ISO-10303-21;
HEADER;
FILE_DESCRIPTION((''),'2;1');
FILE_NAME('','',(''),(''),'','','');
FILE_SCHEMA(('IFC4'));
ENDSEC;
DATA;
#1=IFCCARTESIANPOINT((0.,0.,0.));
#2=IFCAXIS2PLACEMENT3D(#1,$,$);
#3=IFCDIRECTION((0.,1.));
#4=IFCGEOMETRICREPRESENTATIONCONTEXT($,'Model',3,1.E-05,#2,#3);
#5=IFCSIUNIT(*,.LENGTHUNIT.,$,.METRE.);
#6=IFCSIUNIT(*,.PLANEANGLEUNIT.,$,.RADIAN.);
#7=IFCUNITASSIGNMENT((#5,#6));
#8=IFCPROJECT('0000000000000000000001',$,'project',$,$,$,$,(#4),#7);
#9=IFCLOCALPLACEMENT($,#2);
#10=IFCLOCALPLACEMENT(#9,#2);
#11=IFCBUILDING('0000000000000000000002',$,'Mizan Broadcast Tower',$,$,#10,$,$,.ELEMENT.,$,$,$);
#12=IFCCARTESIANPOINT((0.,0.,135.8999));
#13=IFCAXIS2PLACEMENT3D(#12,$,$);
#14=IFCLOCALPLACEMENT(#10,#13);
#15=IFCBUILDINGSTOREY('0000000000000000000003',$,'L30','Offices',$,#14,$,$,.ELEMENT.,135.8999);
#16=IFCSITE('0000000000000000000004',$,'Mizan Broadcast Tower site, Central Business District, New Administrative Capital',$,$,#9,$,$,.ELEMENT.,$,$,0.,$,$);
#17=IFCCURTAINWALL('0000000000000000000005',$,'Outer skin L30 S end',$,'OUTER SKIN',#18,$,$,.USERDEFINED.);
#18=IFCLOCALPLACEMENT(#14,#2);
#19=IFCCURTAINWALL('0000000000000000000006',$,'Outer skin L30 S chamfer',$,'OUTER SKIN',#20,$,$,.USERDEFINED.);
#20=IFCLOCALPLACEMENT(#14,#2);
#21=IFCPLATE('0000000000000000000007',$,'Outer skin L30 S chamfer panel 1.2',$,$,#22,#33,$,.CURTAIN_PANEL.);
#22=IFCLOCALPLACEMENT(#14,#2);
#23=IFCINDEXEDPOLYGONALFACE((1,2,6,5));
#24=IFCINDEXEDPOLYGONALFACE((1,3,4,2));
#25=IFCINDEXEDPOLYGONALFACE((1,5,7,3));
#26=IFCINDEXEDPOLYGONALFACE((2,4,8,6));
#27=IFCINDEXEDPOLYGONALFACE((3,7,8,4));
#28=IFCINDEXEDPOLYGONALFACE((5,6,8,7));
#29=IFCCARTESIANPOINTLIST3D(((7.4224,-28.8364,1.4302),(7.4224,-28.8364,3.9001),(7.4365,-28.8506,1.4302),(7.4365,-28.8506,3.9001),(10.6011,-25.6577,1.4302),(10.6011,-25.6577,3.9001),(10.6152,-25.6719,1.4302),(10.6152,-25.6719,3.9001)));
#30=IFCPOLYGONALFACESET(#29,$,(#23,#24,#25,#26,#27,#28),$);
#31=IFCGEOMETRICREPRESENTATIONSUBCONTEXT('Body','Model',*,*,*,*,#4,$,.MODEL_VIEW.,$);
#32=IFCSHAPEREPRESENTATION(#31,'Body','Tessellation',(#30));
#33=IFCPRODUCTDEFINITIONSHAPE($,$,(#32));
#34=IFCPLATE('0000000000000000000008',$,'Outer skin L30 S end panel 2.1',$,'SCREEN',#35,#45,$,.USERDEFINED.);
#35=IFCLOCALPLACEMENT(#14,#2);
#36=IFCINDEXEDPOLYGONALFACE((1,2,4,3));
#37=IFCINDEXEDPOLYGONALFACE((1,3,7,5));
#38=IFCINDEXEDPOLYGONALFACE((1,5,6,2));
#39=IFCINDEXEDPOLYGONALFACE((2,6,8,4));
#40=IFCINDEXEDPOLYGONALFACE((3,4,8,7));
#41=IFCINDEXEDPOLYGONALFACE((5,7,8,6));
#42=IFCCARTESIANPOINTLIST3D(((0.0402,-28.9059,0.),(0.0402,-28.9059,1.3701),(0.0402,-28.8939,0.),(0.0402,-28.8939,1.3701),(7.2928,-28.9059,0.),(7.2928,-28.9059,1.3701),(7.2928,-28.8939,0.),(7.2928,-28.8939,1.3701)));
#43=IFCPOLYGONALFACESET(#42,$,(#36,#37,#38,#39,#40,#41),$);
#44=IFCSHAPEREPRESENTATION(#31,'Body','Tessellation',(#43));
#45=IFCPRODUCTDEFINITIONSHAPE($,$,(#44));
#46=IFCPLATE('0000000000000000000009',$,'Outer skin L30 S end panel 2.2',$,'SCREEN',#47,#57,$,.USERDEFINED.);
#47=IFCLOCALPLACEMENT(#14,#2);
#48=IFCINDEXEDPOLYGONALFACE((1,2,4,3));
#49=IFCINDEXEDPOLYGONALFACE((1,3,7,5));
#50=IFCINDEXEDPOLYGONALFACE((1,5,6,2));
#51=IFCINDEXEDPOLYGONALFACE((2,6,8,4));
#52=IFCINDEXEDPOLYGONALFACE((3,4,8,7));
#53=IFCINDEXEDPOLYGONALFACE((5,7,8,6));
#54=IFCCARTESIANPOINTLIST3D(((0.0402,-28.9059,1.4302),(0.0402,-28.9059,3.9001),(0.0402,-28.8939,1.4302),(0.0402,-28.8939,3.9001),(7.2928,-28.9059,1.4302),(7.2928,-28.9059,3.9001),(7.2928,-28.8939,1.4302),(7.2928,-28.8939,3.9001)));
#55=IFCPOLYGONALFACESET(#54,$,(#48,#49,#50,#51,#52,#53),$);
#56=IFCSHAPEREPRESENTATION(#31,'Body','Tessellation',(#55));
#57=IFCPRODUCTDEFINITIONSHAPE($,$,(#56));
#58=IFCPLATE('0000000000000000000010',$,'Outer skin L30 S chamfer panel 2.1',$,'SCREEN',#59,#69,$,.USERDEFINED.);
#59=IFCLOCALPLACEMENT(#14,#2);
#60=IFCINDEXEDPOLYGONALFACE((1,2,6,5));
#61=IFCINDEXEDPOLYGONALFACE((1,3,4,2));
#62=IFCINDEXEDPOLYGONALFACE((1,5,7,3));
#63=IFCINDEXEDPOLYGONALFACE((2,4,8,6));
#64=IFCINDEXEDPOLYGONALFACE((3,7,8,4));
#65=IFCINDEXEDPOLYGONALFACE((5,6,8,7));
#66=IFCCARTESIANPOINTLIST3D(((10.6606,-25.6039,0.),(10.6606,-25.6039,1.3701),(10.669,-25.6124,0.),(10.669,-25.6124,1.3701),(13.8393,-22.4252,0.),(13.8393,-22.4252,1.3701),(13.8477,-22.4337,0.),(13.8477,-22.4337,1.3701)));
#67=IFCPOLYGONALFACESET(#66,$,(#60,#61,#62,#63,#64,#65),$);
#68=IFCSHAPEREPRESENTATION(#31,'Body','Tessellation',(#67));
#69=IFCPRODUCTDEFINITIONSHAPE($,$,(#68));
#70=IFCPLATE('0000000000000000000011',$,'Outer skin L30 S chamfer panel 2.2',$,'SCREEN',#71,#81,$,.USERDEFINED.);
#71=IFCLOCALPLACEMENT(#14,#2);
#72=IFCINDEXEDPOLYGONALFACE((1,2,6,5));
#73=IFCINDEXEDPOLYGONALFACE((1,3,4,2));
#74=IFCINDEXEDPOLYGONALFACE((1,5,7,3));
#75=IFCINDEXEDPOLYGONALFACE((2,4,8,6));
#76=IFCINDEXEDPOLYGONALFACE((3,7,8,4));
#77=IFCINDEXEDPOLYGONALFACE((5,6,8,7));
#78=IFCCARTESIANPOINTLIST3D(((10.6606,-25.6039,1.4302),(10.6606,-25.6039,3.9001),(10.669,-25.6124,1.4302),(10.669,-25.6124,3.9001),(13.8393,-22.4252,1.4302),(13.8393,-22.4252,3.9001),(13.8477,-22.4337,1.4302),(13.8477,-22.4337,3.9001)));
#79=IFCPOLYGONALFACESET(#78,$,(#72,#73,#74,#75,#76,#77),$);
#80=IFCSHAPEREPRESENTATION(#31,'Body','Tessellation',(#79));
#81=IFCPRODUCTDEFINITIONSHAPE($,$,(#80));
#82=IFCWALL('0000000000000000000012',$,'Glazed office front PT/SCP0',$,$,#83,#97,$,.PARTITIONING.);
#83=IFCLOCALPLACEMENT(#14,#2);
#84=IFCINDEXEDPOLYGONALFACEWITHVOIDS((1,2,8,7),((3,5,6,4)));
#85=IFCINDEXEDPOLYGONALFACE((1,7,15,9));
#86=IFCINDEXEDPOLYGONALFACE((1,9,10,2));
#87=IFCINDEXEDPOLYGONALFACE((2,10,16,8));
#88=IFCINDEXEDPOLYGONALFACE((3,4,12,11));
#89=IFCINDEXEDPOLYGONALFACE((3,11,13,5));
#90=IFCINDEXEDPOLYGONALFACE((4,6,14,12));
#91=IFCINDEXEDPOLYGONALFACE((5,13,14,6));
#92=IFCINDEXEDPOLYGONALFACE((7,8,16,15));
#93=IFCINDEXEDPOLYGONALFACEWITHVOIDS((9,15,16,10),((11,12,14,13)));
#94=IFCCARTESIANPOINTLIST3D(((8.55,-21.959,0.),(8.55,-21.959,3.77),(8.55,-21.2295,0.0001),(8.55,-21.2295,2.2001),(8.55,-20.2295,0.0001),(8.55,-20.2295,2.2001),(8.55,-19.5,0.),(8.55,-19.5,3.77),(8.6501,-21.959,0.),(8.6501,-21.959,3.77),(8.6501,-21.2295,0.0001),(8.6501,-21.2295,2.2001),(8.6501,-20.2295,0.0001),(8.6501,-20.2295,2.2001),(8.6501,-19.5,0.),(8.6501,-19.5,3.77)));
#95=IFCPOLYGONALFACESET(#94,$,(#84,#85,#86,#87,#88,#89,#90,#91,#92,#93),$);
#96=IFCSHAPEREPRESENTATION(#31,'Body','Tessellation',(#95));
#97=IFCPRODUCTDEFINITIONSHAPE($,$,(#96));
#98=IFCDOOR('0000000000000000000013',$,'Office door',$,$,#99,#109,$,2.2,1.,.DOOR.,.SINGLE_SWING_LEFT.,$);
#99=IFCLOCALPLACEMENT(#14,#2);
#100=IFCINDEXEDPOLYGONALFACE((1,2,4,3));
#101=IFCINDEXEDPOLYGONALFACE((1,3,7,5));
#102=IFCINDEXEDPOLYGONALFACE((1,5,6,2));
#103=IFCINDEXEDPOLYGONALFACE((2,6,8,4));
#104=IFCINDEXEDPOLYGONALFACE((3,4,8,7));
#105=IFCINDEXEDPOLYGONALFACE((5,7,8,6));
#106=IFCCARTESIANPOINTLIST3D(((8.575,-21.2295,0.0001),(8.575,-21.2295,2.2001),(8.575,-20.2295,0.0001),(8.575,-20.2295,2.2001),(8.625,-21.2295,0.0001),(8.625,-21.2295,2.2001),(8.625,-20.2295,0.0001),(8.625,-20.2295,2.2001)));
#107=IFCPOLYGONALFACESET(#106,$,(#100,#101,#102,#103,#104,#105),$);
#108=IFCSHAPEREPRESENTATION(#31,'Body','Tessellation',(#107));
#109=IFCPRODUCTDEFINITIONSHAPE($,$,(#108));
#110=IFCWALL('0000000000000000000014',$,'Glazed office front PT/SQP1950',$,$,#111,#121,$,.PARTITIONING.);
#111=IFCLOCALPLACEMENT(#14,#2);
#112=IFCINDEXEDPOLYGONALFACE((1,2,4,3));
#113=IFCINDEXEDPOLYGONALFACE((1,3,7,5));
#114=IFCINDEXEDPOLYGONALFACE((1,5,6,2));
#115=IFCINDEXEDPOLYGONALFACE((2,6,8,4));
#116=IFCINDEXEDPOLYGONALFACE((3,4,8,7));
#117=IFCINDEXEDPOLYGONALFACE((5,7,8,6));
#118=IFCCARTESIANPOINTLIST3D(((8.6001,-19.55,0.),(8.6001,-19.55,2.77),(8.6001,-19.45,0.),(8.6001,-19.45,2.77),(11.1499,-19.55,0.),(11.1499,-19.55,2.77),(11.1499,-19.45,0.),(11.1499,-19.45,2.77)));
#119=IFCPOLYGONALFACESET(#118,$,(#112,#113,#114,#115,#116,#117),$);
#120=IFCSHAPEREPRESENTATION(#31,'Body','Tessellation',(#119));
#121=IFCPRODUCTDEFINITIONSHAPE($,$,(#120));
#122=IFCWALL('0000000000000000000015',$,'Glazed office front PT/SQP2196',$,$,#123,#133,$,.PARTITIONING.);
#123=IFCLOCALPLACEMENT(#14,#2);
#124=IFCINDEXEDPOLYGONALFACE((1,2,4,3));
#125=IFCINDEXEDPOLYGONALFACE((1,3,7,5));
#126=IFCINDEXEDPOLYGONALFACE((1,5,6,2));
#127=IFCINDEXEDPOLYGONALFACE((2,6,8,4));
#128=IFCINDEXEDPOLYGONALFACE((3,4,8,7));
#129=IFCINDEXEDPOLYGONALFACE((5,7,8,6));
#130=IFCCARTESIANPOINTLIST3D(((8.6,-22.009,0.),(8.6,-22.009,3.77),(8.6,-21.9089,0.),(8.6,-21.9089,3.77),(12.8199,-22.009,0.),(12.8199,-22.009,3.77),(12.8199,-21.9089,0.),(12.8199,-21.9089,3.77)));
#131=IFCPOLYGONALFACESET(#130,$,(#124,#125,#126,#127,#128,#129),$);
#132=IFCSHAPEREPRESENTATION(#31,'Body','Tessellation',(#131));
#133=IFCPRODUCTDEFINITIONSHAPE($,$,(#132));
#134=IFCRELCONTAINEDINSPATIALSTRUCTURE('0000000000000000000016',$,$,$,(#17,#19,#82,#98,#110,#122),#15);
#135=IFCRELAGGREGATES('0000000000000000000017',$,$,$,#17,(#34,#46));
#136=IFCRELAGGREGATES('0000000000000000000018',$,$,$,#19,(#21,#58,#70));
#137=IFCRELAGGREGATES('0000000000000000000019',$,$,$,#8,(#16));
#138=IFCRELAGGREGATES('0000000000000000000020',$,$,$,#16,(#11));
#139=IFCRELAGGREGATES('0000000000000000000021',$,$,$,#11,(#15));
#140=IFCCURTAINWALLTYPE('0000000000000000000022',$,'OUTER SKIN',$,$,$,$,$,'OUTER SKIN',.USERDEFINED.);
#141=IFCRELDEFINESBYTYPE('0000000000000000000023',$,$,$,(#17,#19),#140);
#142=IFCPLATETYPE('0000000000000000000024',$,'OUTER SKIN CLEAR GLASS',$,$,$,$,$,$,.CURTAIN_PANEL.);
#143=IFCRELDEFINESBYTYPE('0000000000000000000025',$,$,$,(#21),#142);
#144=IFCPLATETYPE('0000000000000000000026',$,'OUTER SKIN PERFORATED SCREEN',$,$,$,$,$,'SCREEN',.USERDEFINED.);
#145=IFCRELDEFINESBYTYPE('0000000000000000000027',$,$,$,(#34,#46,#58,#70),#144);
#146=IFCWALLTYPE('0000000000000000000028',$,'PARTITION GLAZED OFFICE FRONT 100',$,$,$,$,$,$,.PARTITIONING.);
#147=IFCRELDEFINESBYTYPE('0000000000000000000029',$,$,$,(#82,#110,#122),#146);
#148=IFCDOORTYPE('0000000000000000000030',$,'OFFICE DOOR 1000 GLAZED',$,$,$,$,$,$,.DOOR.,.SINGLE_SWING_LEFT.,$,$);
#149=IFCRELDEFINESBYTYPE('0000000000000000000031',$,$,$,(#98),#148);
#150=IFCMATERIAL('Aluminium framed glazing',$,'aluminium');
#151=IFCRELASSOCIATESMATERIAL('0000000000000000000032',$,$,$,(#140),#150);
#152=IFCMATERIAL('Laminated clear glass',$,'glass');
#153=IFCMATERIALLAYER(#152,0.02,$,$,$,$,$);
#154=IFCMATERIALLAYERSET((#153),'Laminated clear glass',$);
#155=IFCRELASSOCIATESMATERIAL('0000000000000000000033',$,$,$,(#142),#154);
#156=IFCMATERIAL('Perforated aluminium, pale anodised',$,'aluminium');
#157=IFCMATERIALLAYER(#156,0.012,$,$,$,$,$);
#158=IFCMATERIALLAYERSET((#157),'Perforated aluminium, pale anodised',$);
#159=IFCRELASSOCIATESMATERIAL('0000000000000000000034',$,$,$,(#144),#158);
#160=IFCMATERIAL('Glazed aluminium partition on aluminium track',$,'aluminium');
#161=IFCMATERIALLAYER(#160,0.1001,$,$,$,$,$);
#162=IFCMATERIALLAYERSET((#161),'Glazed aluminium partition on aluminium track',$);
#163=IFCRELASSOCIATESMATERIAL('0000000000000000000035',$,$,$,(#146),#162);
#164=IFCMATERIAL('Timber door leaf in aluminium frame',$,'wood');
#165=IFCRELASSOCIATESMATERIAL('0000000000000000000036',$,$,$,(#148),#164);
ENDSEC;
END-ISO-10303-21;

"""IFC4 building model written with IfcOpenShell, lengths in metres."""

from ifc_helpers import new_model, si_unit, direction, frame, frame_2d, origin, origin_2d, place, context, subcontext, project, spatial, rectangle, extrude, material, layer, layer_set, type_object, element, fill, aggregate, save


model = new_model("IFC4")

# Units and contexts
model_context = context("Model", 3, precision=1e-05, world=origin(), true_north=direction((0.0, 1.0)))
body_context = subcontext(model_context, "Body", "Model", "MODEL_VIEW")
ifc_project = project(units=[si_unit("LENGTHUNIT", "METRE"), si_unit("PLANEANGLEUNIT", "RADIAN")], contexts=[model_context])

# Site, building, storey
site_placement = place(None, origin())
site = spatial("IfcSite", under=ifc_project, at=site_placement, Name="Mizan Broadcast Tower site, Central Business District, New Administrative Capital", CompositionType="ELEMENT", RefElevation=0.0)
building_placement = place(site_placement, origin())
building = spatial("IfcBuilding", under=site, at=building_placement, Name="Mizan Broadcast Tower", CompositionType="ELEMENT")
storey_placement = place(building_placement, frame((0.0, 0.0, 135.8999)))
storey = spatial("IfcBuildingStorey", under=building, at=storey_placement, Name="L30", Description="Offices", CompositionType="ELEMENT", Elevation=135.8999)

# Curtain wall
ifc_material_1 = material(Name="Aluminium framed glazing", Category="aluminium")
curtain_wall_type_1 = type_object("IfcCurtainWallType", Name="OUTER SKIN", ElementType="OUTER SKIN", PredefinedType="USERDEFINED", material=ifc_material_1)
curtain_wall_1_placement = place(storey_placement, origin())
curtain_wall_1 = element("IfcCurtainWall", 1, at=curtain_wall_1_placement, inside=storey, type_object=curtain_wall_type_1, Name="Outer skin L30 S end", ObjectType="OUTER SKIN", PredefinedType="USERDEFINED")

# Curtain wall
curtain_wall_2_placement = place(storey_placement, origin())
curtain_wall_2 = element("IfcCurtainWall", 2, at=curtain_wall_2_placement, inside=storey, type_object=curtain_wall_type_1, Name="Outer skin L30 S chamfer", ObjectType="OUTER SKIN", PredefinedType="USERDEFINED")

# Plates
ifc_material_2 = material(Name="Laminated clear glass", Category="glass")
ifc_layer_1 = layer(ifc_material_2, 0.02)
ifc_layer_set_1 = layer_set([ifc_layer_1], Name="Laminated clear glass")
plate_type_1 = type_object("IfcPlateType", Name="OUTER SKIN CLEAR GLASS", PredefinedType="CURTAIN_PANEL", material=ifc_layer_set_1)
plate_1_placement = place(storey_placement, frame((9.0188, -27.2542, 1.4302), z_axis=(0.0, 0.0, 1.0), x_axis=(0.707107, 0.707107, 0.0)))
plate_1 = element("IfcPlate", 3, at=plate_1_placement, type_object=plate_type_1, Name="Outer skin L30 S chamfer panel 1.2", PredefinedType="CURTAIN_PANEL", context=body_context, shape_type="SweptSolid", body=[
    extrude(rectangle(XDim=4.4954, YDim=0.02, at=origin_2d()), origin(), (0.0, 0.0, 1.0), 2.47),
])
ifc_material_3 = material(Name="Perforated aluminium, pale anodised", Category="aluminium")
ifc_layer_2 = layer(ifc_material_3, 0.012)
ifc_layer_set_2 = layer_set([ifc_layer_2], Name="Perforated aluminium, pale anodised")
plate_type_2 = type_object("IfcPlateType", Name="OUTER SKIN PERFORATED SCREEN", ElementType="SCREEN", PredefinedType="USERDEFINED", material=ifc_layer_set_2)
plate_2_placement = place(storey_placement, frame((3.6665, -28.8999, 0.0), z_axis=(0.0, 0.0, 1.0), x_axis=(1.0, 0.0, 0.0)))
plate_2 = element("IfcPlate", 4, at=plate_2_placement, type_object=plate_type_2, Name="Outer skin L30 S end panel 2.1", ObjectType="SCREEN", PredefinedType="USERDEFINED", context=body_context, shape_type="SweptSolid", body=[
    extrude(rectangle(XDim=7.2527, YDim=0.012, at=origin_2d()), origin(), (0.0, 0.0, 1.0), 1.3701),
])
plate_3_placement = place(storey_placement, frame((3.6665, -28.8999, 1.4302), z_axis=(0.0, 0.0, 1.0), x_axis=(1.0, 0.0, 0.0)))
plate_3 = element("IfcPlate", 5, at=plate_3_placement, type_object=plate_type_2, Name="Outer skin L30 S end panel 2.2", ObjectType="SCREEN", PredefinedType="USERDEFINED", context=body_context, shape_type="SweptSolid", body=[
    extrude(rectangle(XDim=7.2527, YDim=0.012, at=origin_2d()), origin(), (0.0, 0.0, 1.0), 2.47),
])
aggregate(curtain_wall_1, [plate_2, plate_3])
plate_4_placement = place(storey_placement, frame((12.2542, -24.0188, 0.0), z_axis=(0.0, 0.0, 1.0), x_axis=(0.707107, 0.707107, 0.0)))
plate_4 = element("IfcPlate", 6, at=plate_4_placement, type_object=plate_type_2, Name="Outer skin L30 S chamfer panel 2.1", ObjectType="SCREEN", PredefinedType="USERDEFINED", context=body_context, shape_type="SweptSolid", body=[
    extrude(rectangle(XDim=4.4954, YDim=0.012, at=origin_2d()), origin(), (0.0, 0.0, 1.0), 1.3701),
])
plate_5_placement = place(storey_placement, frame((12.2542, -24.0188, 1.4302), z_axis=(0.0, 0.0, 1.0), x_axis=(0.707107, 0.707107, 0.0)))
plate_5 = element("IfcPlate", 7, at=plate_5_placement, type_object=plate_type_2, Name="Outer skin L30 S chamfer panel 2.2", ObjectType="SCREEN", PredefinedType="USERDEFINED", context=body_context, shape_type="SweptSolid", body=[
    extrude(rectangle(XDim=4.4954, YDim=0.012, at=origin_2d()), origin(), (0.0, 0.0, 1.0), 2.47),
])
aggregate(curtain_wall_2, [plate_1, plate_4, plate_5])

# Wall, opening, door
ifc_material_4 = material(Name="Glazed aluminium partition on aluminium track", Category="aluminium")
ifc_layer_3 = layer(ifc_material_4, 0.1001)
ifc_layer_set_3 = layer_set([ifc_layer_3], Name="Glazed aluminium partition on aluminium track")
wall_type = type_object("IfcWallType", Name="PARTITION GLAZED OFFICE FRONT 100", PredefinedType="PARTITIONING", material=ifc_layer_set_3)
wall_1_placement = place(storey_placement, frame((8.6001, -19.5, 0.0), z_axis=(0.0, 0.0, 1.0), x_axis=(0.0, -1.0, 0.0)))
wall_1 = element("IfcWall", 8, at=wall_1_placement, inside=storey, type_object=wall_type, Name="Glazed office front PT/SCP0", PredefinedType="PARTITIONING", context=body_context, shape_type="SweptSolid", body=[
    extrude(rectangle(XDim=2.459, YDim=0.1001, at=frame_2d((1.2295, 0.0))), origin(), (0.0, 0.0, 1.0), 3.77),
])
opening_placement = place(wall_1_placement, frame((0.7295, 0.0, 0.0)))
opening = element("IfcOpeningElement", 9, at=opening_placement, cuts=wall_1, PredefinedType="OPENING", context=body_context, shape_type="SweptSolid", body=[
    extrude(rectangle(XDim=1.0, YDim=2.2, at=frame_2d((0.5, 1.1001))), frame((0.0, 0.0601, 0.0), z_axis=(0.0, -1.0, 0.0), x_axis=(1.0, 0.0, 0.0)), (0.0, 0.0, 1.0), 0.1201),
])
ifc_material_5 = material(Name="Timber door leaf in aluminium frame", Category="wood")
door_type = type_object("IfcDoorType", Name="OFFICE DOOR 1000 GLAZED", OperationType="SINGLE_SWING_LEFT", PredefinedType="DOOR", material=ifc_material_5)
door_placement = place(opening_placement, origin())
door = element("IfcDoor", 10, at=door_placement, inside=storey, type_object=door_type, Name="Office door", OperationType="SINGLE_SWING_LEFT", OverallHeight=2.2, OverallWidth=1.0, PredefinedType="DOOR", context=body_context, shape_type="SweptSolid", body=[
    extrude(rectangle(XDim=1.0, YDim=2.2, at=frame_2d((0.5, 1.1001))), frame((0.0, 0.0249, 0.0), z_axis=(0.0, -1.0, 0.0), x_axis=(1.0, 0.0, 0.0)), (0.0, 0.0, 1.0), 0.05),
])
fill(opening, door)

# Walls
wall_2_placement = place(storey_placement, frame((8.6001, -19.5, 0.0), z_axis=(0.0, 0.0, 1.0), x_axis=(1.0, 0.0, 0.0)))
element("IfcWall", 11, at=wall_2_placement, inside=storey, type_object=wall_type, Name="Glazed office front PT/SQP1950", PredefinedType="PARTITIONING", context=body_context, shape_type="SweptSolid", body=[
    extrude(rectangle(XDim=2.5498, YDim=0.1001, at=frame_2d((1.2749, 0.0))), origin(), (0.0, 0.0, 1.0), 2.77),
])
wall_3_placement = place(storey_placement, frame((8.6001, -21.959, 0.0), z_axis=(0.0, 0.0, 1.0), x_axis=(1.0, 0.0, 0.0)))
element("IfcWall", 12, at=wall_3_placement, inside=storey, type_object=wall_type, Name="Glazed office front PT/SQP2196", PredefinedType="PARTITIONING", context=body_context, shape_type="SweptSolid", body=[
    extrude(rectangle(XDim=4.22, YDim=0.1001, at=frame_2d((2.1099, 0.0))), origin(), (0.0, 0.0, 1.0), 3.77),
])

save(model, "model.ifc")
